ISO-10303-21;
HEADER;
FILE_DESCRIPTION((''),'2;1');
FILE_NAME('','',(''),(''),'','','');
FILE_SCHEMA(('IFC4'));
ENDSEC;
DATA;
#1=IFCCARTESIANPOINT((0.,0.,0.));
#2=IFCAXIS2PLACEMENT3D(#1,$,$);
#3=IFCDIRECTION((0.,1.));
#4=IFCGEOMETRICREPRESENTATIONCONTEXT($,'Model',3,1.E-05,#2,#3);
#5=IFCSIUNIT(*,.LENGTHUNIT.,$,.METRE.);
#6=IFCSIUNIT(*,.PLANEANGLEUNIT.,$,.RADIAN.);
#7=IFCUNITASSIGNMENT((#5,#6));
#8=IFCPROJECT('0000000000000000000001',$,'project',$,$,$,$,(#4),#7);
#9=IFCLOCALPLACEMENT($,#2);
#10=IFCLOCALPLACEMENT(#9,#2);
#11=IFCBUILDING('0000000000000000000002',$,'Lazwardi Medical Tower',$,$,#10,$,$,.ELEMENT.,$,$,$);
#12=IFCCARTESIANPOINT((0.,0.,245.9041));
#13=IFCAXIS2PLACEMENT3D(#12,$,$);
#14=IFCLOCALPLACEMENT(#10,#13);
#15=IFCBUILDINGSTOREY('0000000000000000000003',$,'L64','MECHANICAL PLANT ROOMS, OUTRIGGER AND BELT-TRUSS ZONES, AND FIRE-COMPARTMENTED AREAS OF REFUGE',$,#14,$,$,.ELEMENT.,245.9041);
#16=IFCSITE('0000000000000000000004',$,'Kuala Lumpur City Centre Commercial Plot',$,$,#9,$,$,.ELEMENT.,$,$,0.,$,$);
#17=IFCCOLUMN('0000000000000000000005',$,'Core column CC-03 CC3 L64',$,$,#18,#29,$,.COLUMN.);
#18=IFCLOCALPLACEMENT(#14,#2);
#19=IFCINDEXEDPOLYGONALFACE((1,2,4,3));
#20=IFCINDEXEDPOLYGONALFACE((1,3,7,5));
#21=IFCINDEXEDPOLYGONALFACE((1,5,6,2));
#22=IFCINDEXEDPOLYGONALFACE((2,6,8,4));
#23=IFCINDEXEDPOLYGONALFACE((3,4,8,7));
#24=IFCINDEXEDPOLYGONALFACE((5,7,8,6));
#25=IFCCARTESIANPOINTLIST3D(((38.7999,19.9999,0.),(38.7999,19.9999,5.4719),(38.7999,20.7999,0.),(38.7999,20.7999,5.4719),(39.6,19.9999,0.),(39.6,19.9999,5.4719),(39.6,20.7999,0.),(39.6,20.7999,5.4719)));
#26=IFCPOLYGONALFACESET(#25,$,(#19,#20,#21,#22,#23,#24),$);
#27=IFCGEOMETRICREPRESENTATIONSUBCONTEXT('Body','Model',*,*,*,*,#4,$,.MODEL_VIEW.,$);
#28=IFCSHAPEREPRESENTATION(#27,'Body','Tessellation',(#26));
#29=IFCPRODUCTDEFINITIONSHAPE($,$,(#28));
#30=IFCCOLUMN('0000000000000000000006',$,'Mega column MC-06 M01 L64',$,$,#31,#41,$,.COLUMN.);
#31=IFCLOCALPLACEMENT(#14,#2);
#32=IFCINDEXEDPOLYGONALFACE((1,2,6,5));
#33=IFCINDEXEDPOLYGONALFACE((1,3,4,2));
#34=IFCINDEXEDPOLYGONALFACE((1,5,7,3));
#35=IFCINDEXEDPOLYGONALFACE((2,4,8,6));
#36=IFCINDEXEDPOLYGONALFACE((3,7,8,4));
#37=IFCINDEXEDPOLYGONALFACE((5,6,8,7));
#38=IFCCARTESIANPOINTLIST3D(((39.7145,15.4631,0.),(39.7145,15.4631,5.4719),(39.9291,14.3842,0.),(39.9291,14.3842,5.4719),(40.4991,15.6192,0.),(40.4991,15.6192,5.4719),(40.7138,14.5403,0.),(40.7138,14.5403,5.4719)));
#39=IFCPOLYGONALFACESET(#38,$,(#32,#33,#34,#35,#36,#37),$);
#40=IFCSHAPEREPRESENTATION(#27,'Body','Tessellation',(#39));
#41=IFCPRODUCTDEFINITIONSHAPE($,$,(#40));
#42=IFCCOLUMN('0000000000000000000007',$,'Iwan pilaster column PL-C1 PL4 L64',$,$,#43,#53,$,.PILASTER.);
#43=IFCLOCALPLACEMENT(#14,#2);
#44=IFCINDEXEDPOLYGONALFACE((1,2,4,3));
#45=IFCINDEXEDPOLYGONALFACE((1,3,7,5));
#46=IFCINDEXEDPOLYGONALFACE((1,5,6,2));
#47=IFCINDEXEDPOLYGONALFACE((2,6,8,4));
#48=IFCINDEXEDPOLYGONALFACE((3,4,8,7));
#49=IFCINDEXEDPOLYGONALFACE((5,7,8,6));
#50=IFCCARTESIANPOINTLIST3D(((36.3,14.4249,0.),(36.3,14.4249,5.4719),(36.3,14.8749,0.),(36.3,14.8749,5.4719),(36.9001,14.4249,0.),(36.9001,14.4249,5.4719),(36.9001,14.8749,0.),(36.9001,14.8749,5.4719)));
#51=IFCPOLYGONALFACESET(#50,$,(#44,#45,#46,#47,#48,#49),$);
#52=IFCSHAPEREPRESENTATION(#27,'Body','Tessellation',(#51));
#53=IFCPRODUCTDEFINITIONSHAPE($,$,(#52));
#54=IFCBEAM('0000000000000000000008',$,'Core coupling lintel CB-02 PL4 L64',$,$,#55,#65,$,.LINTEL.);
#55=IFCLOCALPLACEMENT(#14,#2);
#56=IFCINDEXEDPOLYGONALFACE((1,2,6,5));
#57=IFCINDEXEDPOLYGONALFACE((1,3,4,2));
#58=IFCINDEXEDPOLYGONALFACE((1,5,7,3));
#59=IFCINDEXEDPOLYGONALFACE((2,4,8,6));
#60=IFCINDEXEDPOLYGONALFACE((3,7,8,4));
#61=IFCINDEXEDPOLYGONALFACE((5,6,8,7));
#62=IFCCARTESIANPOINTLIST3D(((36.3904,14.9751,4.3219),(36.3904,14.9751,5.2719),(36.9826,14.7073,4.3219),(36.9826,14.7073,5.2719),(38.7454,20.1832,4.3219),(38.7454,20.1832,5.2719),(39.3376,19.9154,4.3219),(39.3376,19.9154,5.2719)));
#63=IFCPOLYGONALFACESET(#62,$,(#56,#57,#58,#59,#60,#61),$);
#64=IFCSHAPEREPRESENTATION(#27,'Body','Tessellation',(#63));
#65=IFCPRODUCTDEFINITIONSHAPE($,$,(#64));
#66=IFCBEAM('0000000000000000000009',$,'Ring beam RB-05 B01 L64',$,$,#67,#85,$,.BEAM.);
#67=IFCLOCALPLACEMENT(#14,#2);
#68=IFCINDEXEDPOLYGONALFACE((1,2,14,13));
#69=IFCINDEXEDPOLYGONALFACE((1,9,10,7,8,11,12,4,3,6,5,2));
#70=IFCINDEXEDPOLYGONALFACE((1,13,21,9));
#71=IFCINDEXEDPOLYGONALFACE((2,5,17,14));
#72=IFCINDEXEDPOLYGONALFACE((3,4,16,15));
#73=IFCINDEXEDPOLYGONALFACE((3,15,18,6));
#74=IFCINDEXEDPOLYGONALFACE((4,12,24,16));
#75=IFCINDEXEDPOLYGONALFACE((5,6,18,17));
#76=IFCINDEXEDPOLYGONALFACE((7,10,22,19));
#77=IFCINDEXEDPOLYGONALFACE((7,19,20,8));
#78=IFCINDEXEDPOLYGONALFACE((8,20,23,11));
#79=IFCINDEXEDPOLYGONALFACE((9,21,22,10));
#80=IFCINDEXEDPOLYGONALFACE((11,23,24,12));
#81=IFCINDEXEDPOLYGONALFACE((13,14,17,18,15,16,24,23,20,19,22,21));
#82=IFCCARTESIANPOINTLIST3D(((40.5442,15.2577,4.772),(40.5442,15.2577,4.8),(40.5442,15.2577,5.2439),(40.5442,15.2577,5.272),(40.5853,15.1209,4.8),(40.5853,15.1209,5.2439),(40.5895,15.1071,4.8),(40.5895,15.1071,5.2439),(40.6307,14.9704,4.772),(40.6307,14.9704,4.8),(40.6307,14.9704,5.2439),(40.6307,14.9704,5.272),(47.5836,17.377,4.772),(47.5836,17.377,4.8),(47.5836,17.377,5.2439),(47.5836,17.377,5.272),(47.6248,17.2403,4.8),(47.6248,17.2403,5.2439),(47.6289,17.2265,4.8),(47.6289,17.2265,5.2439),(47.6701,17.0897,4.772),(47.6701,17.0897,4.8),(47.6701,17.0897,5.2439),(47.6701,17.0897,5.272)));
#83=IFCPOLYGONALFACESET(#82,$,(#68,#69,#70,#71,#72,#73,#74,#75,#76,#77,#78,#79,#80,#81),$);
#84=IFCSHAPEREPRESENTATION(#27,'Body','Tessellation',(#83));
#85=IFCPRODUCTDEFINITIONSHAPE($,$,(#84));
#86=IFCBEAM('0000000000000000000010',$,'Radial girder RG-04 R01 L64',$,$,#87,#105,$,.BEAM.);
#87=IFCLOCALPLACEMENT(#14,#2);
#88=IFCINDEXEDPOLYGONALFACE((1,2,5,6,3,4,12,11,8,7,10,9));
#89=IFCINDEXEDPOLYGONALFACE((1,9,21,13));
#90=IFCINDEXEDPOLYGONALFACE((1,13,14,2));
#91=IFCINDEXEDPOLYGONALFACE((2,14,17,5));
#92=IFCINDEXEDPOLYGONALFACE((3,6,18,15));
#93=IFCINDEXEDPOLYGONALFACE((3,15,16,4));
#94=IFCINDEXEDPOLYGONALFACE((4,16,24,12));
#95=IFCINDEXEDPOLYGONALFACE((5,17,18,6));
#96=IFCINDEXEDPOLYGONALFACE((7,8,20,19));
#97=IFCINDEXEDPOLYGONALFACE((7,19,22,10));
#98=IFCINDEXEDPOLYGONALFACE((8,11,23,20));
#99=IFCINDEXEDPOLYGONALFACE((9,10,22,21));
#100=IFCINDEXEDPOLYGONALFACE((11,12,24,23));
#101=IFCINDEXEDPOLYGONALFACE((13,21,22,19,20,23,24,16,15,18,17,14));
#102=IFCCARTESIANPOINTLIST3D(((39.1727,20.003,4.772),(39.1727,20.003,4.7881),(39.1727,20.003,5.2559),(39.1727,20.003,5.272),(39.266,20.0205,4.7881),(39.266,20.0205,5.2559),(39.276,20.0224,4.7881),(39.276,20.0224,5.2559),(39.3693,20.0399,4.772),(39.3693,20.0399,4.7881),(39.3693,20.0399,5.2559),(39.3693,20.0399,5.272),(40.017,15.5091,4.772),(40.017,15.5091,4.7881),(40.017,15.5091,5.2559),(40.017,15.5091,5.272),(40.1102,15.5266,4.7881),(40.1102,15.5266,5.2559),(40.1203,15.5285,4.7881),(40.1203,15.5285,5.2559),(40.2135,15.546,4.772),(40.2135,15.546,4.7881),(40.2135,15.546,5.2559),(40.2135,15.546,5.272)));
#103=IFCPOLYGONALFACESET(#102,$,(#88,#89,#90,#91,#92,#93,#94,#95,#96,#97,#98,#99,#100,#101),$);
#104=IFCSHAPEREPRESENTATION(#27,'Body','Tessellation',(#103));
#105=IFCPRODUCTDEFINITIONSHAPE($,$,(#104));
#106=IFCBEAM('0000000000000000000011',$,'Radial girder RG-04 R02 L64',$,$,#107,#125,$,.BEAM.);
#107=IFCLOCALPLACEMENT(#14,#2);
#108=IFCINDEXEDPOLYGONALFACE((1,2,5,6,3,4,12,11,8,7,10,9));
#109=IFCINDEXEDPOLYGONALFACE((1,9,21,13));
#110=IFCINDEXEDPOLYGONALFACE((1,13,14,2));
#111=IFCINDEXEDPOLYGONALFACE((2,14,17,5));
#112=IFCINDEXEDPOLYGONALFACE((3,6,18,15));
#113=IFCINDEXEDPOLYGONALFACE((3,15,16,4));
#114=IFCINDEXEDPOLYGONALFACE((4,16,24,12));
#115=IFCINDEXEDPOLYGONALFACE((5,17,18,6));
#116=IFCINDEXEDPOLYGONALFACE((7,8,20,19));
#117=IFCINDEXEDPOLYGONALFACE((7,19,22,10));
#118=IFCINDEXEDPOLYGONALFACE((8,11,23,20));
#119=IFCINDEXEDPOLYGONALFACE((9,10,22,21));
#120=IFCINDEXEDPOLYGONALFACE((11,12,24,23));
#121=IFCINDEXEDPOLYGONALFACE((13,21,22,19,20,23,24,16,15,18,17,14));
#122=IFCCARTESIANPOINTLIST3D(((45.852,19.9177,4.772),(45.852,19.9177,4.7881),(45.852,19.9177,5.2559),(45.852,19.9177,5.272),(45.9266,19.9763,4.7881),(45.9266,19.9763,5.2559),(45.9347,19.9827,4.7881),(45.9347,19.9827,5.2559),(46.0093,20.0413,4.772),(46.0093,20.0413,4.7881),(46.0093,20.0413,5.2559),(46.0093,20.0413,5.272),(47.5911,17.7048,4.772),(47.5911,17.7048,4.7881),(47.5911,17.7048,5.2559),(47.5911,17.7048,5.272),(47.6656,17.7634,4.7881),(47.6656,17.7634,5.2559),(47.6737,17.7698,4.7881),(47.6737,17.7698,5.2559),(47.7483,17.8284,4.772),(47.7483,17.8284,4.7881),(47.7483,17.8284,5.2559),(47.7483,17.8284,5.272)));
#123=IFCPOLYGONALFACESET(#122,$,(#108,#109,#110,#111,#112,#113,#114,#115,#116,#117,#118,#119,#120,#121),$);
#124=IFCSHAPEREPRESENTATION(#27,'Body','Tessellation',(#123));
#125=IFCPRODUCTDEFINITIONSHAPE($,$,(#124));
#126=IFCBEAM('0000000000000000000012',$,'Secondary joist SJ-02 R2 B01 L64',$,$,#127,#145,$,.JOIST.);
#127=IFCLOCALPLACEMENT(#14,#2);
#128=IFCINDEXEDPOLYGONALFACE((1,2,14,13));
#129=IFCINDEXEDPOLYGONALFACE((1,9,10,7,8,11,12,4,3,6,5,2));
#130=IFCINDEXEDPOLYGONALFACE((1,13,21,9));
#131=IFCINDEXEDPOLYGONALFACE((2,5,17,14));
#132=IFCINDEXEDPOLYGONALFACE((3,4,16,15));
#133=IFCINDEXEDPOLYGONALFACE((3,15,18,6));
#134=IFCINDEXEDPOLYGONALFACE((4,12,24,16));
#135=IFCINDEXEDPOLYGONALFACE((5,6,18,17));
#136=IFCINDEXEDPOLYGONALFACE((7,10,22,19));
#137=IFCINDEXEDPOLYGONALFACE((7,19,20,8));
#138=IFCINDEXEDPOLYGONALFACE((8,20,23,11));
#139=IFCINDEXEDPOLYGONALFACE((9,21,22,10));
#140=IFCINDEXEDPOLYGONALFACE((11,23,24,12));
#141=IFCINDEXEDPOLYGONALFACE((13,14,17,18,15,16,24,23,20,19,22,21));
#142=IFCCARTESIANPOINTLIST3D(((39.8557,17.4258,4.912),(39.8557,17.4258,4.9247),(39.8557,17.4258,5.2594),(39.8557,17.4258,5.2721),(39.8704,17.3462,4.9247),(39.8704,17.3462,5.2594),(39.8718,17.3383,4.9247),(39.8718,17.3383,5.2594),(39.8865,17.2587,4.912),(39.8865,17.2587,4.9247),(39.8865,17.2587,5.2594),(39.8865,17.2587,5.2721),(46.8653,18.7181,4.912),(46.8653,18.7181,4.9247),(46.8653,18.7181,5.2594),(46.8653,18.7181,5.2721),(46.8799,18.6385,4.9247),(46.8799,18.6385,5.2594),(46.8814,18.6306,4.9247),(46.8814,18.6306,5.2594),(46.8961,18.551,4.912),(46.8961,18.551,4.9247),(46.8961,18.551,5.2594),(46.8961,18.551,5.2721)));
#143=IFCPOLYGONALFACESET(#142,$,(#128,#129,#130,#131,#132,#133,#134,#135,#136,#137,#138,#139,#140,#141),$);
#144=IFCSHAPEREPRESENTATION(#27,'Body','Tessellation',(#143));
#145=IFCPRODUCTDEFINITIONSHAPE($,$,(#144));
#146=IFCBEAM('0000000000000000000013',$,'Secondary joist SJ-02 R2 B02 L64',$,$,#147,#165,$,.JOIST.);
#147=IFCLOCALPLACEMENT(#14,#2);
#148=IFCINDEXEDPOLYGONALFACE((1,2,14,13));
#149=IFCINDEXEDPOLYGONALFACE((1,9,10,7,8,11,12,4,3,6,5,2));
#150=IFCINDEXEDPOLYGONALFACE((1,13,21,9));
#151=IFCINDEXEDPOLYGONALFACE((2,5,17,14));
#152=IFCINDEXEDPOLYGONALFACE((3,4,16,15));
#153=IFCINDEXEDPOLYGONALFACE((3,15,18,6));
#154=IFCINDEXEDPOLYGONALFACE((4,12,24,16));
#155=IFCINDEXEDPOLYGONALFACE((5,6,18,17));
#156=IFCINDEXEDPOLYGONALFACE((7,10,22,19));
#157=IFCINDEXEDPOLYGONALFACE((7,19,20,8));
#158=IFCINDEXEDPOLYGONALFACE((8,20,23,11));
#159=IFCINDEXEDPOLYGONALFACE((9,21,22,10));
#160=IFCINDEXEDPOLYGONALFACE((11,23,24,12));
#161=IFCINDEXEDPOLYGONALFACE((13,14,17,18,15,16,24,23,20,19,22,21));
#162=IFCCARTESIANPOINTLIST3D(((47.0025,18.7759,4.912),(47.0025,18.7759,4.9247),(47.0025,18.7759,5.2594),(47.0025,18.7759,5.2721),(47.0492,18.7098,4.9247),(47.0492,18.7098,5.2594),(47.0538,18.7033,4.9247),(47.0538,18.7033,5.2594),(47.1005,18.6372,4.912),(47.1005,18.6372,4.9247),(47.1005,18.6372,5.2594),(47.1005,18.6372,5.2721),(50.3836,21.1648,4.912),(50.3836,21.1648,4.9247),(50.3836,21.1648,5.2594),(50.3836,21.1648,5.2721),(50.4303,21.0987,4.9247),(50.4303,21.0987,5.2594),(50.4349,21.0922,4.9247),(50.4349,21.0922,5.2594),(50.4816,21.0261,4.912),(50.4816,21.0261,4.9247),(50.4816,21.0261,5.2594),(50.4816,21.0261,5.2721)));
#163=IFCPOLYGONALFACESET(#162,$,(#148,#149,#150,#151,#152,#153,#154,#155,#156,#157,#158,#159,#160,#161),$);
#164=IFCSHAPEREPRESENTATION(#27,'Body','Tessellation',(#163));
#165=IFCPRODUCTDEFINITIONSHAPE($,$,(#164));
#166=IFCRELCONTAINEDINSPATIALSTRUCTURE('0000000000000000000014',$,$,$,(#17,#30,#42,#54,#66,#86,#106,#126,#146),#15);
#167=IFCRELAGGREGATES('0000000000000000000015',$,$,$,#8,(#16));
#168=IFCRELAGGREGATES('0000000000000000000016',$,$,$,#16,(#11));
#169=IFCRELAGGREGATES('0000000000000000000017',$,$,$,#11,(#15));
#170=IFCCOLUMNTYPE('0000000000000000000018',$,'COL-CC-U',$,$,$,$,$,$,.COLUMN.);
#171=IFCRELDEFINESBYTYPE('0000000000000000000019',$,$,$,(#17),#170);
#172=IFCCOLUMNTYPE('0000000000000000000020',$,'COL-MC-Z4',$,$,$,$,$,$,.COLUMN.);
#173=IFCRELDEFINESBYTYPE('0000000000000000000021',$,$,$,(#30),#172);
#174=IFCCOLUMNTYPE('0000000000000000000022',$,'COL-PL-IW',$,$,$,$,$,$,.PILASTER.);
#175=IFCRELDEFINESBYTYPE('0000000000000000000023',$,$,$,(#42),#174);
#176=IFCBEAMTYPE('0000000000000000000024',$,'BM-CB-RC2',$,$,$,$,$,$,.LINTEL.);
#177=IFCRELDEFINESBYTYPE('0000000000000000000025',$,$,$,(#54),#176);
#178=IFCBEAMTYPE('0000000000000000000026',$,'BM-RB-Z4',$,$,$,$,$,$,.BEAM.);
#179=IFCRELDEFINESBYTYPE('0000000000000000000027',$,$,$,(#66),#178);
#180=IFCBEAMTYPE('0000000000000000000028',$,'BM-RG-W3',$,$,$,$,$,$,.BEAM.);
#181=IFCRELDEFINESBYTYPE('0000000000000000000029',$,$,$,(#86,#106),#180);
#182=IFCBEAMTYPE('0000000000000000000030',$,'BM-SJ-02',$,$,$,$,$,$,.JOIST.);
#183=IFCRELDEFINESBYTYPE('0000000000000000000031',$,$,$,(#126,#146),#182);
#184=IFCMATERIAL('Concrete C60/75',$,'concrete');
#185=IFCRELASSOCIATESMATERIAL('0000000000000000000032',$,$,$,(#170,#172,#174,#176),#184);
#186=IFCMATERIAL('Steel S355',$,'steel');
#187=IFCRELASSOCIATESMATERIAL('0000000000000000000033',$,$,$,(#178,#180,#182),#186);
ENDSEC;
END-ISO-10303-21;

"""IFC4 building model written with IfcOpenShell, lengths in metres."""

from ifc_helpers import new_model, si_unit, direction, frame, origin, origin_2d, place, context, subcontext, project, spatial, rectangle, i_section, extrude, material, material_profile, profile_set, type_object, element, save


model = new_model("IFC4")

# Units and contexts
model_context = context("Model", 3, precision=1e-05, world=origin(), true_north=direction((0.0, 1.0)))
body_context = subcontext(model_context, "Body", "Model", "MODEL_VIEW")
ifc_project = project(units=[si_unit("LENGTHUNIT", "METRE"), si_unit("PLANEANGLEUNIT", "RADIAN")], contexts=[model_context])

# Site, building, storey
site_placement = place(None, origin())
site = spatial("IfcSite", under=ifc_project, at=site_placement, Name="Kuala Lumpur City Centre Commercial Plot", CompositionType="ELEMENT", RefElevation=0.0)
building_placement = place(site_placement, origin())
building = spatial("IfcBuilding", under=site, at=building_placement, Name="Lazwardi Medical Tower", CompositionType="ELEMENT")
storey_placement = place(building_placement, frame((0.0, 0.0, 245.9041)))
storey = spatial("IfcBuildingStorey", under=building, at=storey_placement, Name="L64", Description="MECHANICAL PLANT ROOMS, OUTRIGGER AND BELT-TRUSS ZONES, AND FIRE-COMPARTMENTED AREAS OF REFUGE", CompositionType="ELEMENT", Elevation=245.9041)

# Columns
ifc_material_1 = material(Name="Concrete C60/75", Category="concrete")
ifc_material_profile_1 = material_profile(ifc_material_1, rectangle(XDim=0.8, YDim=0.8, at=origin_2d()), Name="RC 800x800")
ifc_profile_set_1 = profile_set([ifc_material_profile_1], Name="Concrete C60/75")
column_type_1 = type_object("IfcColumnType", Name="COL-CC-U", PredefinedType="COLUMN", material=ifc_profile_set_1)
column_1_placement = place(storey_placement, frame((39.2, 20.3999, 0.0), z_axis=(0.0, 0.0, 1.0), x_axis=(1.0, 0.0, 0.0)))
element("IfcColumn", 1, at=column_1_placement, inside=storey, type_object=column_type_1, Name="Core column CC-03 CC3 L64", PredefinedType="COLUMN", context=body_context, shape_type="SweptSolid", body=[
    extrude(rectangle(XDim=0.8, YDim=0.8, at=origin_2d()), origin(), (0.0, 0.0, 1.0), 5.4719),
])
ifc_material_profile_2 = material_profile(ifc_material_1, rectangle(XDim=1.1001, YDim=0.8, at=origin_2d()), Name="CFT-RECT 1100x800")
ifc_profile_set_2 = profile_set([ifc_material_profile_2], Name="Concrete C60/75")
column_type_2 = type_object("IfcColumnType", Name="COL-MC-Z4", PredefinedType="COLUMN", material=ifc_profile_set_2)
column_2_placement = place(storey_placement, frame((40.2141, 15.0017, 0.0), z_axis=(0.0, 0.0, 1.0), x_axis=(0.19509, -0.980785, 0.0)))
element("IfcColumn", 2, at=column_2_placement, inside=storey, type_object=column_type_2, Name="Mega column MC-06 M01 L64", PredefinedType="COLUMN", context=body_context, shape_type="SweptSolid", body=[
    extrude(rectangle(XDim=1.1001, YDim=0.8, at=origin_2d()), origin(), (0.0, 0.0, 1.0), 5.4719),
])
ifc_material_profile_3 = material_profile(ifc_material_1, rectangle(XDim=0.6001, YDim=0.45, at=origin_2d()), Name="RC 600x450")
ifc_profile_set_3 = profile_set([ifc_material_profile_3], Name="Concrete C60/75")
column_type_3 = type_object("IfcColumnType", Name="COL-PL-IW", PredefinedType="PILASTER", material=ifc_profile_set_3)
column_3_placement = place(storey_placement, frame((36.6001, 14.6499, 0.0), z_axis=(0.0, 0.0, 1.0), x_axis=(1.0, 0.0, 0.0)))
element("IfcColumn", 3, at=column_3_placement, inside=storey, type_object=column_type_3, Name="Iwan pilaster column PL-C1 PL4 L64", PredefinedType="PILASTER", context=body_context, shape_type="SweptSolid", body=[
    extrude(rectangle(XDim=0.6001, YDim=0.45, at=origin_2d()), origin(), (0.0, 0.0, 1.0), 5.4719),
])

# Beams
ifc_material_profile_4 = material_profile(ifc_material_1, rectangle(XDim=0.6499, YDim=0.95, at=origin_2d()), Name="RC 650x950")
ifc_profile_set_4 = profile_set([ifc_material_profile_4], Name="Concrete C60/75")
beam_type_1 = type_object("IfcBeamType", Name="BM-CB-RC2", PredefinedType="LINTEL", material=ifc_profile_set_4)
beam_1_placement = place(storey_placement, frame((39.0415, 20.0493, 4.7969), z_axis=(-0.412019, -0.911175, 0.0), x_axis=(0.911175, -0.412019, 0.0)))
element("IfcBeam", 4, at=beam_1_placement, inside=storey, type_object=beam_type_1, Name="Core coupling lintel CB-02 PL4 L64", PredefinedType="LINTEL", context=body_context, shape_type="SweptSolid", body=[
    extrude(rectangle(XDim=0.6499, YDim=0.95, at=origin_2d()), origin(), (0.0, 0.0, 1.0), 5.7158),
])
ifc_material_2 = material(Name="Steel S355", Category="steel")
ifc_material_profile_5 = material_profile(ifc_material_2, i_section(OverallWidth=0.3, OverallDepth=0.5, WebThickness=0.0144, FlangeThickness=0.0281, at=origin_2d()), Name="HEB 500")
ifc_profile_set_5 = profile_set([ifc_material_profile_5], Name="Steel S355")
beam_type_2 = type_object("IfcBeamType", Name="BM-RB-Z4", PredefinedType="BEAM", material=ifc_profile_set_5)
beam_2_placement = place(storey_placement, frame((40.5874, 15.114, 5.022), z_axis=(0.957544, 0.288286, 0.0), x_axis=(-0.288286, 0.957544, 0.0)))
element("IfcBeam", 5, at=beam_2_placement, inside=storey, type_object=beam_type_2, Name="Ring beam RB-05 B01 L64", PredefinedType="BEAM", context=body_context, shape_type="SweptSolid", body=[
    extrude(i_section(OverallWidth=0.3, OverallDepth=0.5, WebThickness=0.0144, FlangeThickness=0.0281, at=origin_2d()), origin(), (0.0, 0.0, 1.0), 7.3516),
])
ifc_material_profile_6 = material_profile(ifc_material_2, i_section(OverallWidth=0.2, OverallDepth=0.5, WebThickness=0.0103, FlangeThickness=0.0161, at=origin_2d()), Name="IPE 500")
ifc_profile_set_6 = profile_set([ifc_material_profile_6], Name="Steel S355")
beam_type_3 = type_object("IfcBeamType", Name="BM-RG-W3", PredefinedType="BEAM", material=ifc_profile_set_6)
beam_3_placement = place(storey_placement, frame((40.1152, 15.5276, 5.022), z_axis=(-0.184633, 0.982807, 0.0), x_axis=(-0.982807, -0.184633, 0.0)))
element("IfcBeam", 6, at=beam_3_placement, inside=storey, type_object=beam_type_3, Name="Radial girder RG-04 R01 L64", PredefinedType="BEAM", context=body_context, shape_type="SweptSolid", body=[
    extrude(i_section(OverallWidth=0.2, OverallDepth=0.5, WebThickness=0.0103, FlangeThickness=0.0161, at=origin_2d()), origin(), (0.0, 0.0, 1.0), 4.5725),
])
beam_4_placement = place(storey_placement, frame((47.6697, 17.7666, 5.022), z_axis=(-0.617891, 0.786264, 0.0), x_axis=(-0.786264, -0.617891, 0.0)))
element("IfcBeam", 7, at=beam_4_placement, inside=storey, type_object=beam_type_3, Name="Radial girder RG-04 R02 L64", PredefinedType="BEAM", context=body_context, shape_type="SweptSolid", body=[
    extrude(i_section(OverallWidth=0.2, OverallDepth=0.5, WebThickness=0.0103, FlangeThickness=0.0161, at=origin_2d()), origin(), (0.0, 0.0, 1.0), 2.8145),
])
ifc_material_profile_7 = material_profile(ifc_material_2, i_section(OverallWidth=0.1699, OverallDepth=0.3601, WebThickness=0.0081, FlangeThickness=0.0127, at=origin_2d()), Name="IPE 360")
ifc_profile_set_7 = profile_set([ifc_material_profile_7], Name="Steel S355")
beam_type_4 = type_object("IfcBeamType", Name="BM-SJ-02", PredefinedType="JOIST", material=ifc_profile_set_7)
beam_5_placement = place(storey_placement, frame((39.8711, 17.3423, 5.092), z_axis=(0.983428, 0.181299, 0.0), x_axis=(-0.181299, 0.983428, 0.0)))
element("IfcBeam", 8, at=beam_5_placement, inside=storey, type_object=beam_type_4, Name="Secondary joist SJ-02 R2 B01 L64", PredefinedType="JOIST", context=body_context, shape_type="SweptSolid", body=[
    extrude(i_section(OverallWidth=0.1699, OverallDepth=0.3601, WebThickness=0.0081, FlangeThickness=0.0127, at=origin_2d()), origin(), (0.0, 0.0, 1.0), 7.1277),
])
beam_6_placement = place(storey_placement, frame((47.0515, 18.7065, 5.092), z_axis=(0.816711, 0.577047, 0.0), x_axis=(-0.577047, 0.816711, 0.0)))
element("IfcBeam", 9, at=beam_6_placement, inside=storey, type_object=beam_type_4, Name="Secondary joist SJ-02 R2 B02 L64", PredefinedType="JOIST", context=body_context, shape_type="SweptSolid", body=[
    extrude(i_section(OverallWidth=0.1699, OverallDepth=0.3601, WebThickness=0.0081, FlangeThickness=0.0127, at=origin_2d()), origin(), (0.0, 0.0, 1.0), 4.1399),
])

save(model, "model.ifc")
